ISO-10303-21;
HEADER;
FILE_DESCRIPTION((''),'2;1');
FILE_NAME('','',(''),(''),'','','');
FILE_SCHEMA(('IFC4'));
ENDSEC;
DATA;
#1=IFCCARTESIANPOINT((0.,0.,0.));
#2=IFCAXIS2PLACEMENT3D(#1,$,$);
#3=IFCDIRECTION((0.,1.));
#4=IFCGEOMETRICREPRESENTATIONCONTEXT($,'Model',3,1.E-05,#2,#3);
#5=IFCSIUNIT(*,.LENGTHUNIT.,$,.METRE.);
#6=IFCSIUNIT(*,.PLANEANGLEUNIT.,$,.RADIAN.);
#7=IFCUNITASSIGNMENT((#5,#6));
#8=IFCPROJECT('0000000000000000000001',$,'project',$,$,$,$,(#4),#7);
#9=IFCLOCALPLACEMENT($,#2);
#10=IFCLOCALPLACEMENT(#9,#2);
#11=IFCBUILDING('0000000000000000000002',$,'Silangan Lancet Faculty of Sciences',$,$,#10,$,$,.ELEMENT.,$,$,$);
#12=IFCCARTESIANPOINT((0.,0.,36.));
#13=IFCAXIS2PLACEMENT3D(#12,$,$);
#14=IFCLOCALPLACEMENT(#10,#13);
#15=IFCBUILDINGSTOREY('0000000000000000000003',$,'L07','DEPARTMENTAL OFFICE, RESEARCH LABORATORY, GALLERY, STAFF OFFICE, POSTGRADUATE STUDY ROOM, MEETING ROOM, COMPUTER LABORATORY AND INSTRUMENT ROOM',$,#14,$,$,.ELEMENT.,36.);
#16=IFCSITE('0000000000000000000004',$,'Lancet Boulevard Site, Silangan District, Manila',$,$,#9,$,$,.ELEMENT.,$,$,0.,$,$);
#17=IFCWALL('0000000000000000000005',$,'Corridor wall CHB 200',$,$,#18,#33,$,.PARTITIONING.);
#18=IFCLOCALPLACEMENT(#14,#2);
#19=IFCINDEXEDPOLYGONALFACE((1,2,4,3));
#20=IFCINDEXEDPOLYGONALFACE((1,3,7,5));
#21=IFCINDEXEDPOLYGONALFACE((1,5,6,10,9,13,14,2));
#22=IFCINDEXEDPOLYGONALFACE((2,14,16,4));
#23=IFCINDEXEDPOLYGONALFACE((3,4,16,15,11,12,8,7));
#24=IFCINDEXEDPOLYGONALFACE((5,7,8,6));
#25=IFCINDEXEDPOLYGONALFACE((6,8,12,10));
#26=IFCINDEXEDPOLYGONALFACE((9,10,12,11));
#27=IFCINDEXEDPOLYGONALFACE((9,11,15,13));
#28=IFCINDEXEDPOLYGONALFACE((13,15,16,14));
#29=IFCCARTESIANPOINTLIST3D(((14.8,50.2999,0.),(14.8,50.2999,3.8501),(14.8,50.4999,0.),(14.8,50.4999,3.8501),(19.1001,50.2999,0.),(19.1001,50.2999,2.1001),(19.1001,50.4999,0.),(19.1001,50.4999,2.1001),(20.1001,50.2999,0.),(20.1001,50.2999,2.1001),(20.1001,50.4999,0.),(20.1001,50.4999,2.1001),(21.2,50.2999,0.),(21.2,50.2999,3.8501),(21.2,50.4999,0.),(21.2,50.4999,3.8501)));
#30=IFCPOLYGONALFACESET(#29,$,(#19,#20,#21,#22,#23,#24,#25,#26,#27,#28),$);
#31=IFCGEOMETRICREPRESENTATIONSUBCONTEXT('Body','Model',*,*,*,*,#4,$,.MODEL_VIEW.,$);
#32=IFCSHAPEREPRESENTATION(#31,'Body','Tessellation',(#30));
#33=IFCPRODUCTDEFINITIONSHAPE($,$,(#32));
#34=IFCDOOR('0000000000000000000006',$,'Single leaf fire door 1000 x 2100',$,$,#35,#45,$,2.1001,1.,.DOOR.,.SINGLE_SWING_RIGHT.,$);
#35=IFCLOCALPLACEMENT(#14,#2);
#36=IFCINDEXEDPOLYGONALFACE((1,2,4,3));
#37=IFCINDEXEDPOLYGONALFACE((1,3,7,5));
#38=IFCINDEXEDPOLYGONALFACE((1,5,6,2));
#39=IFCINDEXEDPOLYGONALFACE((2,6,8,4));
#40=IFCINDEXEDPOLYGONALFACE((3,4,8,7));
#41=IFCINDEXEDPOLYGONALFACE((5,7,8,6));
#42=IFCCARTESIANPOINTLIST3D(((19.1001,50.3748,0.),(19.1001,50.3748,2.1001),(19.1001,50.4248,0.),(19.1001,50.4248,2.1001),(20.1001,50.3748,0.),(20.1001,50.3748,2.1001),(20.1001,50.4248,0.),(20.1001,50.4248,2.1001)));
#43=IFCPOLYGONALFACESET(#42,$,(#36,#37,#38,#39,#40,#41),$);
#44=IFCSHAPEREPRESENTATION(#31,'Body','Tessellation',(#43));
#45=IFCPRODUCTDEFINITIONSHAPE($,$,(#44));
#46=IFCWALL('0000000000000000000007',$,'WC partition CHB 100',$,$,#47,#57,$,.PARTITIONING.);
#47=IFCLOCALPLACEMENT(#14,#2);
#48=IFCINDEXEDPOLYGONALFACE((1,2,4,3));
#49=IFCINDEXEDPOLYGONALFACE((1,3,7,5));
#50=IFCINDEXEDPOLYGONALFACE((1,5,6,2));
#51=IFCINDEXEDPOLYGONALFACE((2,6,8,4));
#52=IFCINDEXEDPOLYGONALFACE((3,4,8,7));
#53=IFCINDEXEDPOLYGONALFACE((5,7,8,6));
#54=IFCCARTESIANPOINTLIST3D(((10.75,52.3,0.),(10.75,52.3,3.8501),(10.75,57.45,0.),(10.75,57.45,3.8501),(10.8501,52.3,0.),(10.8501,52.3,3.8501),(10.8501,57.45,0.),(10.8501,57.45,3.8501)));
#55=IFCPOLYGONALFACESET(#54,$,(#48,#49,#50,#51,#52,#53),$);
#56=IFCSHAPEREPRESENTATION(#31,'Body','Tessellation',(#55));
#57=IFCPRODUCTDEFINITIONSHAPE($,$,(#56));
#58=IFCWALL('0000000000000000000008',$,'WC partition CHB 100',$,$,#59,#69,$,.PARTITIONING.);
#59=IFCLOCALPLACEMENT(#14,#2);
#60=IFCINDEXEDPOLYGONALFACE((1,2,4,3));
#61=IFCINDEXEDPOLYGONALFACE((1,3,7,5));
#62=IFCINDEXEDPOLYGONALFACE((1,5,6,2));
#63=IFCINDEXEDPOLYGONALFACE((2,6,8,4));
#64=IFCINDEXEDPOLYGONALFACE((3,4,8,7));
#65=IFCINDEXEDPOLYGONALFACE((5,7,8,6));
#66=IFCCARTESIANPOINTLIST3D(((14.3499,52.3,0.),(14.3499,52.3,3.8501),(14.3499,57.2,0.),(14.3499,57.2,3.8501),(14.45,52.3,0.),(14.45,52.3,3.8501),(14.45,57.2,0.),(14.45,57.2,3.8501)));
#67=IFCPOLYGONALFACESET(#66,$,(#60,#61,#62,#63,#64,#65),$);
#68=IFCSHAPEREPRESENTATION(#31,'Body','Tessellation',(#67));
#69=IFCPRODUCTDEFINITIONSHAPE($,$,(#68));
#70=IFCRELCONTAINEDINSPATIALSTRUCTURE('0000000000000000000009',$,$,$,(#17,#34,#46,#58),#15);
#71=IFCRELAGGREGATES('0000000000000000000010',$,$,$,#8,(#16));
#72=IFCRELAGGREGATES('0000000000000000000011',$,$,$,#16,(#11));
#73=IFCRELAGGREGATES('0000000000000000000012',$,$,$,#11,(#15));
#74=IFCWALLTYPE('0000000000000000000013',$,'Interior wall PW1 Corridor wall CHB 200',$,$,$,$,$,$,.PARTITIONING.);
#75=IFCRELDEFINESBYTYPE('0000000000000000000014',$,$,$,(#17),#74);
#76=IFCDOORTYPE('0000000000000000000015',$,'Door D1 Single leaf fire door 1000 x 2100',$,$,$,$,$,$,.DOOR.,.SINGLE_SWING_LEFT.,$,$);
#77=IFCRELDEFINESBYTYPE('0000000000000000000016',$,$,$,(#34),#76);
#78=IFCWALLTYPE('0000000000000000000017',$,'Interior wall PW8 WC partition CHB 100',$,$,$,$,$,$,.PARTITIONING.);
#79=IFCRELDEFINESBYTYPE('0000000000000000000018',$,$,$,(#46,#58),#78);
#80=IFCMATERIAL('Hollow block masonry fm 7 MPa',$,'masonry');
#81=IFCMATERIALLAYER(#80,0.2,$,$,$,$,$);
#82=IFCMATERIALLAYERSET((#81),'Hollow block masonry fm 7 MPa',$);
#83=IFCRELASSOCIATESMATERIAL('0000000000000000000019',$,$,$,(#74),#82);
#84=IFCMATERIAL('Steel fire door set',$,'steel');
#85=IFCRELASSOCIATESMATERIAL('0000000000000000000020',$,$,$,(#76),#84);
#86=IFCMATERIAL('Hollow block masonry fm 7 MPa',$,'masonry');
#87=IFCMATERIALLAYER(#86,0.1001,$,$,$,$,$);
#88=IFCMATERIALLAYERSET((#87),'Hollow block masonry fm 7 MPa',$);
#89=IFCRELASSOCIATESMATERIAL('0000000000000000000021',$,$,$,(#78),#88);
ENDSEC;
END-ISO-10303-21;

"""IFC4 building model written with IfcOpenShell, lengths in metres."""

from ifc_helpers import new_model, si_unit, direction, frame, frame_2d, origin, place, context, subcontext, project, spatial, rectangle, extrude, material, layer, layer_set, type_object, element, fill, save


model = new_model("IFC4")

# Units and contexts
model_context = context("Model", 3, precision=1e-05, world=origin(), true_north=direction((0.0, 1.0)))
body_context = subcontext(model_context, "Body", "Model", "MODEL_VIEW")
ifc_project = project(units=[si_unit("LENGTHUNIT", "METRE"), si_unit("PLANEANGLEUNIT", "RADIAN")], contexts=[model_context])

# Site, building, storey
site_placement = place(None, origin())
site = spatial("IfcSite", under=ifc_project, at=site_placement, Name="Lancet Boulevard Site, Silangan District, Manila", CompositionType="ELEMENT", RefElevation=0.0)
building_placement = place(site_placement, origin())
building = spatial("IfcBuilding", under=site, at=building_placement, Name="Silangan Lancet Faculty of Sciences", CompositionType="ELEMENT")
storey_placement = place(building_placement, frame((0.0, 0.0, 36.0)))
storey = spatial("IfcBuildingStorey", under=building, at=storey_placement, Name="L07", Description="DEPARTMENTAL OFFICE, RESEARCH LABORATORY, GALLERY, STAFF OFFICE, POSTGRADUATE STUDY ROOM, MEETING ROOM, COMPUTER LABORATORY AND INSTRUMENT ROOM", CompositionType="ELEMENT", Elevation=36.0)

# Wall, opening, door
ifc_material_1 = material(Name="Hollow block masonry fm 7 MPa", Category="masonry")
ifc_layer_1 = layer(ifc_material_1, 0.2)
ifc_layer_set_1 = layer_set([ifc_layer_1], Name="Hollow block masonry fm 7 MPa")
wall_type_1 = type_object("IfcWallType", Name="Interior wall PW1 Corridor wall CHB 200", PredefinedType="PARTITIONING", material=ifc_layer_set_1)
wall_1_placement = place(storey_placement, frame((14.8, 50.3999, 0.0), z_axis=(0.0, 0.0, 1.0), x_axis=(1.0, 0.0, 0.0)))
wall_1 = element("IfcWall", 1, at=wall_1_placement, inside=storey, type_object=wall_type_1, Name="Corridor wall CHB 200", PredefinedType="PARTITIONING", context=body_context, shape_type="SweptSolid", body=[
    extrude(rectangle(XDim=6.3999, YDim=0.2, at=frame_2d((3.2, 0.0))), origin(), (0.0, 0.0, 1.0), 3.8501),
])
opening_1_placement = place(wall_1_placement, frame((4.3, 0.0, 0.0)))
opening_1 = element("IfcOpeningElement", 2, at=opening_1_placement, cuts=wall_1, PredefinedType="OPENING", context=body_context, shape_type="SweptSolid", body=[
    extrude(rectangle(XDim=1.0, YDim=2.1001, at=frame_2d((0.5, 1.05))), frame((0.0, 0.1099, 0.0), z_axis=(0.0, -1.0, 0.0), x_axis=(1.0, 0.0, 0.0)), (0.0, 0.0, 1.0), 0.22),
])
ifc_material_2 = material(Name="Steel fire door set", Category="steel")
door_type = type_object("IfcDoorType", Name="Door D1 Single leaf fire door 1000 x 2100", OperationType="SINGLE_SWING_LEFT", PredefinedType="DOOR", material=ifc_material_2)
door_placement = place(opening_1_placement, origin())
door = element("IfcDoor", 3, at=door_placement, inside=storey, type_object=door_type, Name="Single leaf fire door 1000 x 2100", OperationType="SINGLE_SWING_RIGHT", OverallHeight=2.1001, OverallWidth=1.0, PredefinedType="DOOR", context=body_context, shape_type="SweptSolid", body=[
    extrude(rectangle(XDim=1.0, YDim=2.1001, at=frame_2d((0.5, 1.05))), frame((0.0, 0.0249, 0.0), z_axis=(0.0, -1.0, 0.0), x_axis=(1.0, 0.0, 0.0)), (0.0, 0.0, 1.0), 0.05),
])
fill(opening_1, door)

# Walls
ifc_material_3 = material(Name="Hollow block masonry fm 7 MPa", Category="masonry")
ifc_layer_2 = layer(ifc_material_3, 0.1001)
ifc_layer_set_2 = layer_set([ifc_layer_2], Name="Hollow block masonry fm 7 MPa")
wall_type_2 = type_object("IfcWallType", Name="Interior wall PW8 WC partition CHB 100", PredefinedType="PARTITIONING", material=ifc_layer_set_2)
wall_2_placement = place(storey_placement, frame((10.8, 52.3, 0.0), z_axis=(0.0, 0.0, 1.0), x_axis=(0.0, 1.0, 0.0)))
element("IfcWall", 4, at=wall_2_placement, inside=storey, type_object=wall_type_2, Name="WC partition CHB 100", PredefinedType="PARTITIONING", context=body_context, shape_type="SweptSolid", body=[
    extrude(rectangle(XDim=5.1499, YDim=0.1001, at=frame_2d((2.575, 0.0))), origin(), (0.0, 0.0, 1.0), 3.8501),
])
wall_3_placement = place(storey_placement, frame((14.3999, 52.3, 0.0), z_axis=(0.0, 0.0, 1.0), x_axis=(0.0, 1.0, 0.0)))
element("IfcWall", 5, at=wall_3_placement, inside=storey, type_object=wall_type_2, Name="WC partition CHB 100", PredefinedType="PARTITIONING", context=body_context, shape_type="SweptSolid", body=[
    extrude(rectangle(XDim=4.8999, YDim=0.1001, at=frame_2d((2.45, 0.0))), origin(), (0.0, 0.0, 1.0), 3.8501),
])

save(model, "model.ifc")
